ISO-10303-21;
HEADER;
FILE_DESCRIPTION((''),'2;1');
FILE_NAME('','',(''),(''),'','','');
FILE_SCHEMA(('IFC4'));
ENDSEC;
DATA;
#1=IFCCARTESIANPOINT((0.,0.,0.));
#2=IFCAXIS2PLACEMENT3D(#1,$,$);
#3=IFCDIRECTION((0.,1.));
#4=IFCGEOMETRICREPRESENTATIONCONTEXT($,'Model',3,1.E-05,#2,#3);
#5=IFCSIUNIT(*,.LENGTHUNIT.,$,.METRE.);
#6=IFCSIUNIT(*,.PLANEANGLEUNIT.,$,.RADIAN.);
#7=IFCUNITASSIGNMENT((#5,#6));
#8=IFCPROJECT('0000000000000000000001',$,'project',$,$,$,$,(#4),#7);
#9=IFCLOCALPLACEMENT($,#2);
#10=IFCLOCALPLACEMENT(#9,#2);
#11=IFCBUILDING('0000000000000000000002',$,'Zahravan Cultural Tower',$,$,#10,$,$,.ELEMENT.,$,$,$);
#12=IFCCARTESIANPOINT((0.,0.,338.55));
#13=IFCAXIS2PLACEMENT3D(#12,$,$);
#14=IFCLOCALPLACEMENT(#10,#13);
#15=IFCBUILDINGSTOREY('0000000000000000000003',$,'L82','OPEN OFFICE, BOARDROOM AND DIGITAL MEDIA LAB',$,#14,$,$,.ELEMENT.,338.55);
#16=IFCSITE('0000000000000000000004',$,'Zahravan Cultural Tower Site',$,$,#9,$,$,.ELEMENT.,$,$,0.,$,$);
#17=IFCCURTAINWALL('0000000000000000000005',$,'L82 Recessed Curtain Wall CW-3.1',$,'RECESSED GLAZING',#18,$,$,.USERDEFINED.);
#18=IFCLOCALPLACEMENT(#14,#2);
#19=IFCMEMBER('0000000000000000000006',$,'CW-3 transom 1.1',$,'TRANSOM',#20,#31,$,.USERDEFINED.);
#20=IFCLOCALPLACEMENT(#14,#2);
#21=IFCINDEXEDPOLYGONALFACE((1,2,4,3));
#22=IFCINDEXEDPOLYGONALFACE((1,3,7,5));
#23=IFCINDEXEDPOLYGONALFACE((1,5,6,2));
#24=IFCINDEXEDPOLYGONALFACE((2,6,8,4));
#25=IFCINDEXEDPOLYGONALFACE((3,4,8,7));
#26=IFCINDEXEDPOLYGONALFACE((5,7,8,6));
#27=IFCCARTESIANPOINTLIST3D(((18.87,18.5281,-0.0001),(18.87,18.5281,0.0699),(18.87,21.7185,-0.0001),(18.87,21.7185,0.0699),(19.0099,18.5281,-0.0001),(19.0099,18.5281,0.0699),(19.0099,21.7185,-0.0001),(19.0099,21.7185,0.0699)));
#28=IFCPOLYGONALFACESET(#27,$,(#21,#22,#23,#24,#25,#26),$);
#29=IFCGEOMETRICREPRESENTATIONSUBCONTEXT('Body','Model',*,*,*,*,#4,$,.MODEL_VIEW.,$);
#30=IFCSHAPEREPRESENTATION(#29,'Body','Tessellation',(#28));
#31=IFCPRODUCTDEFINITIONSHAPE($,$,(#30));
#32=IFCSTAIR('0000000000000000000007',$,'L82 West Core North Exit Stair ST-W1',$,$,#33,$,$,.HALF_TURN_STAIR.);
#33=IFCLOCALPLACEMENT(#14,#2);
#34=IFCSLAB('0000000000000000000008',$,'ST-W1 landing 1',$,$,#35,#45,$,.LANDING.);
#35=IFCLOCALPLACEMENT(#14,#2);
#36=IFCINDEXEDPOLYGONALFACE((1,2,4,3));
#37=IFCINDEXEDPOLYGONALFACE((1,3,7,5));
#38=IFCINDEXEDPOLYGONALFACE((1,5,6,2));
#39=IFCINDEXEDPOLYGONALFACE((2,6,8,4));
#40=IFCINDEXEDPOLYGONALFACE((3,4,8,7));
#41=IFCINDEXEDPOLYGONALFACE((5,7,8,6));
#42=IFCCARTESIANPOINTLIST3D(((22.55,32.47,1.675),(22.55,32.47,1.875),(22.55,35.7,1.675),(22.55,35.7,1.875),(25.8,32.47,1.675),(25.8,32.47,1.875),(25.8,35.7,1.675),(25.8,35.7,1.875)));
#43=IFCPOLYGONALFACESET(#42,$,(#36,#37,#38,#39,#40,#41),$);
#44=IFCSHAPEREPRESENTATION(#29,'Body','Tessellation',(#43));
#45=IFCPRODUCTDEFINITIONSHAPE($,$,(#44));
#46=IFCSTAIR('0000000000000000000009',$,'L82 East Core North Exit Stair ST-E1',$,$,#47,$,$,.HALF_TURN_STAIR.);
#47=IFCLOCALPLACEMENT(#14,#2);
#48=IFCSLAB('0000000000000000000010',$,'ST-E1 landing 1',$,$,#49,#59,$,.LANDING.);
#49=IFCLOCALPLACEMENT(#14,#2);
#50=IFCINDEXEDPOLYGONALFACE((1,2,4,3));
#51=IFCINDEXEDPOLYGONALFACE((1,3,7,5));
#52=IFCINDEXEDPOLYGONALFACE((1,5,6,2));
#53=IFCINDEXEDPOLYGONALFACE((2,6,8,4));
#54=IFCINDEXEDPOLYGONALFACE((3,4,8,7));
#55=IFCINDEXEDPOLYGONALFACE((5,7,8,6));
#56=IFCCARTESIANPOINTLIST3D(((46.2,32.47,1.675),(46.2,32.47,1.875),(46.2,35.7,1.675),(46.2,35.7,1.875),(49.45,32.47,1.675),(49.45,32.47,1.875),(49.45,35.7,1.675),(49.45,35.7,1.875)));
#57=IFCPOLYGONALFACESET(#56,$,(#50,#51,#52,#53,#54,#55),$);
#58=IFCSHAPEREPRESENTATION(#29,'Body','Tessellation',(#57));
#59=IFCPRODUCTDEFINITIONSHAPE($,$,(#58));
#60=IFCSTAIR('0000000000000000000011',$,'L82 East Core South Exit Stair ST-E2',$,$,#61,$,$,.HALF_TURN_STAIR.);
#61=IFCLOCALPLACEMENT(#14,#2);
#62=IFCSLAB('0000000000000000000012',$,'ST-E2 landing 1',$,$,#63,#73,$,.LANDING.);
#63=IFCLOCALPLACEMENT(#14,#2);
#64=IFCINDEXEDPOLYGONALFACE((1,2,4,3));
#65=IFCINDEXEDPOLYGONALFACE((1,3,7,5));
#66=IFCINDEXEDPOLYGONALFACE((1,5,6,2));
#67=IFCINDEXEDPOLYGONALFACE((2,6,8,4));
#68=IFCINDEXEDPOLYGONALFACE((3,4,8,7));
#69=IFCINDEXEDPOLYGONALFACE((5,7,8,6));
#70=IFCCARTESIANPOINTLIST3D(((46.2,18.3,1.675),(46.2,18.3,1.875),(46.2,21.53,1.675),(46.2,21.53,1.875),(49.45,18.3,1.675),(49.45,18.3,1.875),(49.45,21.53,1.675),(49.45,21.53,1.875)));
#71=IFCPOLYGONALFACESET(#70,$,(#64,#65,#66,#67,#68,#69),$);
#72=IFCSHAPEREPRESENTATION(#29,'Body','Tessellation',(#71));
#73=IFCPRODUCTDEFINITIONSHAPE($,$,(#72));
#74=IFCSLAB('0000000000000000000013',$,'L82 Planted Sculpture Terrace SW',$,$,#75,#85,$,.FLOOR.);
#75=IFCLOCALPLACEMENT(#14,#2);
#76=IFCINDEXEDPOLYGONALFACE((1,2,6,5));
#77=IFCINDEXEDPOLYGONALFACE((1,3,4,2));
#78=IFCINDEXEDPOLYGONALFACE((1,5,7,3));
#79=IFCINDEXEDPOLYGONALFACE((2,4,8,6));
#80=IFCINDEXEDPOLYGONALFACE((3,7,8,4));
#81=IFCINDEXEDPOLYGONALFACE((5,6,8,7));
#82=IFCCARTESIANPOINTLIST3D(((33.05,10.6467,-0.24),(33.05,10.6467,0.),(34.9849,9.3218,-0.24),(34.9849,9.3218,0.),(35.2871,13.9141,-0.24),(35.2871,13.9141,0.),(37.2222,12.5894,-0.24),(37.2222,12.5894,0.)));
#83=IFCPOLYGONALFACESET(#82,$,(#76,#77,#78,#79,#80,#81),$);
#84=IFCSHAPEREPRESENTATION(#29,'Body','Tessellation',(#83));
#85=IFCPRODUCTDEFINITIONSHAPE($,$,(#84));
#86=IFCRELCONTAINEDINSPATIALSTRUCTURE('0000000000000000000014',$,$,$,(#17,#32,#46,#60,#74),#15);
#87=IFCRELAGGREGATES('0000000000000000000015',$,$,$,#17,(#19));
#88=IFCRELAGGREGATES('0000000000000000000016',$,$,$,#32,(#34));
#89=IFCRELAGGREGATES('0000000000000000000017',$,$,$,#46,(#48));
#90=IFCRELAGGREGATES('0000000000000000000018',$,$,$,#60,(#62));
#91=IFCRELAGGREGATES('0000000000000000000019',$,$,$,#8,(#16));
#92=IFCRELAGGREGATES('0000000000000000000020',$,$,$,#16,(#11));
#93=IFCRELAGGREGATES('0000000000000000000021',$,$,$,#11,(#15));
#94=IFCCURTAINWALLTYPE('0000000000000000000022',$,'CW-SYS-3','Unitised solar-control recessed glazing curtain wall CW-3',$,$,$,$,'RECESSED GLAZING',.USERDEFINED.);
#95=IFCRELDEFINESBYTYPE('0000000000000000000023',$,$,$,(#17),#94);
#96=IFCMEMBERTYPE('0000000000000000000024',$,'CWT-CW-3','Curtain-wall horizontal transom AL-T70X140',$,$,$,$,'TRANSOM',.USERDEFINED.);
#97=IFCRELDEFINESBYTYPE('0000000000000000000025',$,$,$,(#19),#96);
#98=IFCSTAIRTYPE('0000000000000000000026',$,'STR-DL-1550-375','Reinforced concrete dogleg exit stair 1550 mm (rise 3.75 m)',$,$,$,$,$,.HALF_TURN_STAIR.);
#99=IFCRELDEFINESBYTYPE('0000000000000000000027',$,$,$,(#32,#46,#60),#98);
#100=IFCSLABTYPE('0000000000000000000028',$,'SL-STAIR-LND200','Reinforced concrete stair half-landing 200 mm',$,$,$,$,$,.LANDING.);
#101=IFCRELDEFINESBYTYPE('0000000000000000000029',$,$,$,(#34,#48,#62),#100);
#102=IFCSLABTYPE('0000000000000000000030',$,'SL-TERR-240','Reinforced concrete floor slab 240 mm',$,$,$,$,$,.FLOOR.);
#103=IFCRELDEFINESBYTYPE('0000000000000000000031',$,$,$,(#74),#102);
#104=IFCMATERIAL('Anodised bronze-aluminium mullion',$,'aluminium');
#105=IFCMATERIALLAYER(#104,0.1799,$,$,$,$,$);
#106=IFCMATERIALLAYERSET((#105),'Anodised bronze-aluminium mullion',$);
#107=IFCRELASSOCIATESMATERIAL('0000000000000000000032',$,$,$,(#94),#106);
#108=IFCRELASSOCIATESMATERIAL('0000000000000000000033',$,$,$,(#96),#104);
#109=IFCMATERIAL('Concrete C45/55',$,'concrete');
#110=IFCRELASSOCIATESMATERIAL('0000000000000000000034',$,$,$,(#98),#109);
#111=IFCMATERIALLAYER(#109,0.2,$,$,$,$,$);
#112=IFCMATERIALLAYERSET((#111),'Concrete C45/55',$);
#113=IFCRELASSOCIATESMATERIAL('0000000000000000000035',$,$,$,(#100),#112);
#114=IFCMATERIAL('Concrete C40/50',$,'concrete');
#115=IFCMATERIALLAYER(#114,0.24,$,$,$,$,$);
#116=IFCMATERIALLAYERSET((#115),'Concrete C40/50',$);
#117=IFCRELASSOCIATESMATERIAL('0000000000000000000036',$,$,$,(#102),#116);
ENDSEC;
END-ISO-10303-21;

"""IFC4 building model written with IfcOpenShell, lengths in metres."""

from ifc_helpers import new_model, si_unit, direction, frame, origin, origin_2d, place, context, subcontext, project, spatial, polyline, rectangle, outline, extrude, source, transform, mapped, material, layer, layer_set, material_profile, profile_set, type_object, element, aggregate, save


model = new_model("IFC4")

# Units and contexts
model_context = context("Model", 3, precision=1e-05, world=origin(), true_north=direction((0.0, 1.0)))
body_context = subcontext(model_context, "Body", "Model", "MODEL_VIEW")
ifc_project = project(units=[si_unit("LENGTHUNIT", "METRE"), si_unit("PLANEANGLEUNIT", "RADIAN")], contexts=[model_context])

# Site, building, storey
site_placement = place(None, origin())
site = spatial("IfcSite", under=ifc_project, at=site_placement, Name="Zahravan Cultural Tower Site", CompositionType="ELEMENT", RefElevation=0.0)
building_placement = place(site_placement, origin())
building = spatial("IfcBuilding", under=site, at=building_placement, Name="Zahravan Cultural Tower", CompositionType="ELEMENT")
storey_placement = place(building_placement, frame((0.0, 0.0, 338.55)))
storey = spatial("IfcBuildingStorey", under=building, at=storey_placement, Name="L82", Description="OPEN OFFICE, BOARDROOM AND DIGITAL MEDIA LAB", CompositionType="ELEMENT", Elevation=338.55)

# Curtain wall, member
ifc_material_1 = material(Name="Anodised bronze-aluminium mullion", Category="aluminium")
ifc_layer_1 = layer(ifc_material_1, 0.1799)
ifc_layer_set_1 = layer_set([ifc_layer_1], Name="Anodised bronze-aluminium mullion")
curtain_wall_type = type_object("IfcCurtainWallType", Name="CW-SYS-3", Description="Unitised solar-control recessed glazing curtain wall CW-3", ElementType="RECESSED GLAZING", PredefinedType="USERDEFINED", material=ifc_layer_set_1)
curtain_wall_placement = place(storey_placement, origin())
curtain_wall = element("IfcCurtainWall", 1, at=curtain_wall_placement, inside=storey, type_object=curtain_wall_type, Name="L82 Recessed Curtain Wall CW-3.1", ObjectType="RECESSED GLAZING", PredefinedType="USERDEFINED")
ifc_material_profile_1 = material_profile(ifc_material_1, rectangle(XDim=0.1399, YDim=0.0701, at=origin_2d()), Name="AL-T70X140")
ifc_profile_set_1 = profile_set([ifc_material_profile_1], Name="Anodised bronze-aluminium mullion")
member_type_1 = type_object("IfcMemberType", Name="CWT-CW-3", Description="Curtain-wall horizontal transom AL-T70X140", ElementType="TRANSOM", PredefinedType="USERDEFINED", material=ifc_profile_set_1)
shared_shape_1 = source(origin(), body_context, "Body", "SweptSolid", [
    extrude(rectangle(XDim=0.1399, YDim=0.0701, at=origin_2d()), origin(), (0.0, 0.0, 1.0), 3.1904),
])
member_1_placement = place(storey_placement, frame((18.9399, 18.5281, 0.0349), z_axis=(0.0, 1.0, 0.0), x_axis=(-1.0, 0.0, 0.0)))
member_1 = element("IfcMember", 2, at=member_1_placement, type_object=member_type_1, Name="CW-3 transom 1.1", ObjectType="TRANSOM", PredefinedType="USERDEFINED", context=body_context, shape_type="MappedRepresentation", body=[
    mapped(shared_shape_1, transform((0.0, 0.0, 0.0), x_axis=(1.0, 0.0, 0.0), y_axis=(0.0, 1.0, 0.0), z_axis=(0.0, 0.0, 1.0), scale=1.0)),
])
aggregate(curtain_wall, [member_1])

# Stairs, slabs
ifc_material_2 = material(Name="Concrete C45/55", Category="concrete")
stair_type = type_object("IfcStairType", Name="STR-DL-1550-375", Description="Reinforced concrete dogleg exit stair 1550 mm (rise 3.75 m)", PredefinedType="HALF_TURN_STAIR", material=ifc_material_2)
stair_1_placement = place(storey_placement, origin())
stair_1 = element("IfcStair", 3, at=stair_1_placement, inside=storey, type_object=stair_type, Name="L82 West Core North Exit Stair ST-W1", PredefinedType="HALF_TURN_STAIR")
ifc_layer_2 = layer(ifc_material_2, 0.2)
ifc_layer_set_2 = layer_set([ifc_layer_2], Name="Concrete C45/55")
slab_type_1 = type_object("IfcSlabType", Name="SL-STAIR-LND200", Description="Reinforced concrete stair half-landing 200 mm", PredefinedType="LANDING", material=ifc_layer_set_2)
slab_1_placement = place(storey_placement, frame((0.0, 0.0, 1.675)))
slab_1 = element("IfcSlab", 4, at=slab_1_placement, type_object=slab_type_1, Name="ST-W1 landing 1", PredefinedType="LANDING", context=body_context, shape_type="SweptSolid", body=[
    extrude(outline(polyline([(25.8, 32.47), (25.8, 35.7), (22.55, 35.7), (22.55, 32.47), (25.8, 32.47)])), origin(), (0.0, 0.0, 1.0), 0.2),
])
aggregate(stair_1, [slab_1])
stair_2_placement = place(storey_placement, origin())
stair_2 = element("IfcStair", 5, at=stair_2_placement, inside=storey, type_object=stair_type, Name="L82 East Core North Exit Stair ST-E1", PredefinedType="HALF_TURN_STAIR")
slab_2_placement = place(storey_placement, frame((0.0, 0.0, 1.675)))
slab_2 = element("IfcSlab", 6, at=slab_2_placement, type_object=slab_type_1, Name="ST-E1 landing 1", PredefinedType="LANDING", context=body_context, shape_type="SweptSolid", body=[
    extrude(outline(polyline([(49.45, 32.47), (49.45, 35.7), (46.2, 35.7), (46.2, 32.47), (49.45, 32.47)])), origin(), (0.0, 0.0, 1.0), 0.2),
])
aggregate(stair_2, [slab_2])
stair_3_placement = place(storey_placement, origin())
stair_3 = element("IfcStair", 7, at=stair_3_placement, inside=storey, type_object=stair_type, Name="L82 East Core South Exit Stair ST-E2", PredefinedType="HALF_TURN_STAIR")
slab_3_placement = place(storey_placement, frame((0.0, 0.0, 1.675)))
slab_3 = element("IfcSlab", 8, at=slab_3_placement, type_object=slab_type_1, Name="ST-E2 landing 1", PredefinedType="LANDING", context=body_context, shape_type="SweptSolid", body=[
    extrude(outline(polyline([(46.2, 21.53), (46.2, 18.3), (49.45, 18.3), (49.45, 21.53), (46.2, 21.53)])), origin(), (0.0, 0.0, 1.0), 0.2),
])
aggregate(stair_3, [slab_3])

# Slab
ifc_material_3 = material(Name="Concrete C40/50", Category="concrete")
ifc_layer_3 = layer(ifc_material_3, 0.24)
ifc_layer_set_3 = layer_set([ifc_layer_3], Name="Concrete C40/50")
slab_type_2 = type_object("IfcSlabType", Name="SL-TERR-240", Description="Reinforced concrete floor slab 240 mm", PredefinedType="FLOOR", material=ifc_layer_set_3)
slab_4_placement = place(storey_placement, frame((0.0, 0.0, -0.24)))
element("IfcSlab", 9, at=slab_4_placement, inside=storey, type_object=slab_type_2, Name="L82 Planted Sculpture Terrace SW", PredefinedType="FLOOR", context=body_context, shape_type="SweptSolid", body=[
    extrude(outline(polyline([(37.2222, 12.5894), (35.2871, 13.9141), (33.05, 10.6467), (34.9849, 9.3218), (37.2222, 12.5894)])), origin(), (0.0, 0.0, 1.0), 0.24),
])

save(model, "model.ifc")
